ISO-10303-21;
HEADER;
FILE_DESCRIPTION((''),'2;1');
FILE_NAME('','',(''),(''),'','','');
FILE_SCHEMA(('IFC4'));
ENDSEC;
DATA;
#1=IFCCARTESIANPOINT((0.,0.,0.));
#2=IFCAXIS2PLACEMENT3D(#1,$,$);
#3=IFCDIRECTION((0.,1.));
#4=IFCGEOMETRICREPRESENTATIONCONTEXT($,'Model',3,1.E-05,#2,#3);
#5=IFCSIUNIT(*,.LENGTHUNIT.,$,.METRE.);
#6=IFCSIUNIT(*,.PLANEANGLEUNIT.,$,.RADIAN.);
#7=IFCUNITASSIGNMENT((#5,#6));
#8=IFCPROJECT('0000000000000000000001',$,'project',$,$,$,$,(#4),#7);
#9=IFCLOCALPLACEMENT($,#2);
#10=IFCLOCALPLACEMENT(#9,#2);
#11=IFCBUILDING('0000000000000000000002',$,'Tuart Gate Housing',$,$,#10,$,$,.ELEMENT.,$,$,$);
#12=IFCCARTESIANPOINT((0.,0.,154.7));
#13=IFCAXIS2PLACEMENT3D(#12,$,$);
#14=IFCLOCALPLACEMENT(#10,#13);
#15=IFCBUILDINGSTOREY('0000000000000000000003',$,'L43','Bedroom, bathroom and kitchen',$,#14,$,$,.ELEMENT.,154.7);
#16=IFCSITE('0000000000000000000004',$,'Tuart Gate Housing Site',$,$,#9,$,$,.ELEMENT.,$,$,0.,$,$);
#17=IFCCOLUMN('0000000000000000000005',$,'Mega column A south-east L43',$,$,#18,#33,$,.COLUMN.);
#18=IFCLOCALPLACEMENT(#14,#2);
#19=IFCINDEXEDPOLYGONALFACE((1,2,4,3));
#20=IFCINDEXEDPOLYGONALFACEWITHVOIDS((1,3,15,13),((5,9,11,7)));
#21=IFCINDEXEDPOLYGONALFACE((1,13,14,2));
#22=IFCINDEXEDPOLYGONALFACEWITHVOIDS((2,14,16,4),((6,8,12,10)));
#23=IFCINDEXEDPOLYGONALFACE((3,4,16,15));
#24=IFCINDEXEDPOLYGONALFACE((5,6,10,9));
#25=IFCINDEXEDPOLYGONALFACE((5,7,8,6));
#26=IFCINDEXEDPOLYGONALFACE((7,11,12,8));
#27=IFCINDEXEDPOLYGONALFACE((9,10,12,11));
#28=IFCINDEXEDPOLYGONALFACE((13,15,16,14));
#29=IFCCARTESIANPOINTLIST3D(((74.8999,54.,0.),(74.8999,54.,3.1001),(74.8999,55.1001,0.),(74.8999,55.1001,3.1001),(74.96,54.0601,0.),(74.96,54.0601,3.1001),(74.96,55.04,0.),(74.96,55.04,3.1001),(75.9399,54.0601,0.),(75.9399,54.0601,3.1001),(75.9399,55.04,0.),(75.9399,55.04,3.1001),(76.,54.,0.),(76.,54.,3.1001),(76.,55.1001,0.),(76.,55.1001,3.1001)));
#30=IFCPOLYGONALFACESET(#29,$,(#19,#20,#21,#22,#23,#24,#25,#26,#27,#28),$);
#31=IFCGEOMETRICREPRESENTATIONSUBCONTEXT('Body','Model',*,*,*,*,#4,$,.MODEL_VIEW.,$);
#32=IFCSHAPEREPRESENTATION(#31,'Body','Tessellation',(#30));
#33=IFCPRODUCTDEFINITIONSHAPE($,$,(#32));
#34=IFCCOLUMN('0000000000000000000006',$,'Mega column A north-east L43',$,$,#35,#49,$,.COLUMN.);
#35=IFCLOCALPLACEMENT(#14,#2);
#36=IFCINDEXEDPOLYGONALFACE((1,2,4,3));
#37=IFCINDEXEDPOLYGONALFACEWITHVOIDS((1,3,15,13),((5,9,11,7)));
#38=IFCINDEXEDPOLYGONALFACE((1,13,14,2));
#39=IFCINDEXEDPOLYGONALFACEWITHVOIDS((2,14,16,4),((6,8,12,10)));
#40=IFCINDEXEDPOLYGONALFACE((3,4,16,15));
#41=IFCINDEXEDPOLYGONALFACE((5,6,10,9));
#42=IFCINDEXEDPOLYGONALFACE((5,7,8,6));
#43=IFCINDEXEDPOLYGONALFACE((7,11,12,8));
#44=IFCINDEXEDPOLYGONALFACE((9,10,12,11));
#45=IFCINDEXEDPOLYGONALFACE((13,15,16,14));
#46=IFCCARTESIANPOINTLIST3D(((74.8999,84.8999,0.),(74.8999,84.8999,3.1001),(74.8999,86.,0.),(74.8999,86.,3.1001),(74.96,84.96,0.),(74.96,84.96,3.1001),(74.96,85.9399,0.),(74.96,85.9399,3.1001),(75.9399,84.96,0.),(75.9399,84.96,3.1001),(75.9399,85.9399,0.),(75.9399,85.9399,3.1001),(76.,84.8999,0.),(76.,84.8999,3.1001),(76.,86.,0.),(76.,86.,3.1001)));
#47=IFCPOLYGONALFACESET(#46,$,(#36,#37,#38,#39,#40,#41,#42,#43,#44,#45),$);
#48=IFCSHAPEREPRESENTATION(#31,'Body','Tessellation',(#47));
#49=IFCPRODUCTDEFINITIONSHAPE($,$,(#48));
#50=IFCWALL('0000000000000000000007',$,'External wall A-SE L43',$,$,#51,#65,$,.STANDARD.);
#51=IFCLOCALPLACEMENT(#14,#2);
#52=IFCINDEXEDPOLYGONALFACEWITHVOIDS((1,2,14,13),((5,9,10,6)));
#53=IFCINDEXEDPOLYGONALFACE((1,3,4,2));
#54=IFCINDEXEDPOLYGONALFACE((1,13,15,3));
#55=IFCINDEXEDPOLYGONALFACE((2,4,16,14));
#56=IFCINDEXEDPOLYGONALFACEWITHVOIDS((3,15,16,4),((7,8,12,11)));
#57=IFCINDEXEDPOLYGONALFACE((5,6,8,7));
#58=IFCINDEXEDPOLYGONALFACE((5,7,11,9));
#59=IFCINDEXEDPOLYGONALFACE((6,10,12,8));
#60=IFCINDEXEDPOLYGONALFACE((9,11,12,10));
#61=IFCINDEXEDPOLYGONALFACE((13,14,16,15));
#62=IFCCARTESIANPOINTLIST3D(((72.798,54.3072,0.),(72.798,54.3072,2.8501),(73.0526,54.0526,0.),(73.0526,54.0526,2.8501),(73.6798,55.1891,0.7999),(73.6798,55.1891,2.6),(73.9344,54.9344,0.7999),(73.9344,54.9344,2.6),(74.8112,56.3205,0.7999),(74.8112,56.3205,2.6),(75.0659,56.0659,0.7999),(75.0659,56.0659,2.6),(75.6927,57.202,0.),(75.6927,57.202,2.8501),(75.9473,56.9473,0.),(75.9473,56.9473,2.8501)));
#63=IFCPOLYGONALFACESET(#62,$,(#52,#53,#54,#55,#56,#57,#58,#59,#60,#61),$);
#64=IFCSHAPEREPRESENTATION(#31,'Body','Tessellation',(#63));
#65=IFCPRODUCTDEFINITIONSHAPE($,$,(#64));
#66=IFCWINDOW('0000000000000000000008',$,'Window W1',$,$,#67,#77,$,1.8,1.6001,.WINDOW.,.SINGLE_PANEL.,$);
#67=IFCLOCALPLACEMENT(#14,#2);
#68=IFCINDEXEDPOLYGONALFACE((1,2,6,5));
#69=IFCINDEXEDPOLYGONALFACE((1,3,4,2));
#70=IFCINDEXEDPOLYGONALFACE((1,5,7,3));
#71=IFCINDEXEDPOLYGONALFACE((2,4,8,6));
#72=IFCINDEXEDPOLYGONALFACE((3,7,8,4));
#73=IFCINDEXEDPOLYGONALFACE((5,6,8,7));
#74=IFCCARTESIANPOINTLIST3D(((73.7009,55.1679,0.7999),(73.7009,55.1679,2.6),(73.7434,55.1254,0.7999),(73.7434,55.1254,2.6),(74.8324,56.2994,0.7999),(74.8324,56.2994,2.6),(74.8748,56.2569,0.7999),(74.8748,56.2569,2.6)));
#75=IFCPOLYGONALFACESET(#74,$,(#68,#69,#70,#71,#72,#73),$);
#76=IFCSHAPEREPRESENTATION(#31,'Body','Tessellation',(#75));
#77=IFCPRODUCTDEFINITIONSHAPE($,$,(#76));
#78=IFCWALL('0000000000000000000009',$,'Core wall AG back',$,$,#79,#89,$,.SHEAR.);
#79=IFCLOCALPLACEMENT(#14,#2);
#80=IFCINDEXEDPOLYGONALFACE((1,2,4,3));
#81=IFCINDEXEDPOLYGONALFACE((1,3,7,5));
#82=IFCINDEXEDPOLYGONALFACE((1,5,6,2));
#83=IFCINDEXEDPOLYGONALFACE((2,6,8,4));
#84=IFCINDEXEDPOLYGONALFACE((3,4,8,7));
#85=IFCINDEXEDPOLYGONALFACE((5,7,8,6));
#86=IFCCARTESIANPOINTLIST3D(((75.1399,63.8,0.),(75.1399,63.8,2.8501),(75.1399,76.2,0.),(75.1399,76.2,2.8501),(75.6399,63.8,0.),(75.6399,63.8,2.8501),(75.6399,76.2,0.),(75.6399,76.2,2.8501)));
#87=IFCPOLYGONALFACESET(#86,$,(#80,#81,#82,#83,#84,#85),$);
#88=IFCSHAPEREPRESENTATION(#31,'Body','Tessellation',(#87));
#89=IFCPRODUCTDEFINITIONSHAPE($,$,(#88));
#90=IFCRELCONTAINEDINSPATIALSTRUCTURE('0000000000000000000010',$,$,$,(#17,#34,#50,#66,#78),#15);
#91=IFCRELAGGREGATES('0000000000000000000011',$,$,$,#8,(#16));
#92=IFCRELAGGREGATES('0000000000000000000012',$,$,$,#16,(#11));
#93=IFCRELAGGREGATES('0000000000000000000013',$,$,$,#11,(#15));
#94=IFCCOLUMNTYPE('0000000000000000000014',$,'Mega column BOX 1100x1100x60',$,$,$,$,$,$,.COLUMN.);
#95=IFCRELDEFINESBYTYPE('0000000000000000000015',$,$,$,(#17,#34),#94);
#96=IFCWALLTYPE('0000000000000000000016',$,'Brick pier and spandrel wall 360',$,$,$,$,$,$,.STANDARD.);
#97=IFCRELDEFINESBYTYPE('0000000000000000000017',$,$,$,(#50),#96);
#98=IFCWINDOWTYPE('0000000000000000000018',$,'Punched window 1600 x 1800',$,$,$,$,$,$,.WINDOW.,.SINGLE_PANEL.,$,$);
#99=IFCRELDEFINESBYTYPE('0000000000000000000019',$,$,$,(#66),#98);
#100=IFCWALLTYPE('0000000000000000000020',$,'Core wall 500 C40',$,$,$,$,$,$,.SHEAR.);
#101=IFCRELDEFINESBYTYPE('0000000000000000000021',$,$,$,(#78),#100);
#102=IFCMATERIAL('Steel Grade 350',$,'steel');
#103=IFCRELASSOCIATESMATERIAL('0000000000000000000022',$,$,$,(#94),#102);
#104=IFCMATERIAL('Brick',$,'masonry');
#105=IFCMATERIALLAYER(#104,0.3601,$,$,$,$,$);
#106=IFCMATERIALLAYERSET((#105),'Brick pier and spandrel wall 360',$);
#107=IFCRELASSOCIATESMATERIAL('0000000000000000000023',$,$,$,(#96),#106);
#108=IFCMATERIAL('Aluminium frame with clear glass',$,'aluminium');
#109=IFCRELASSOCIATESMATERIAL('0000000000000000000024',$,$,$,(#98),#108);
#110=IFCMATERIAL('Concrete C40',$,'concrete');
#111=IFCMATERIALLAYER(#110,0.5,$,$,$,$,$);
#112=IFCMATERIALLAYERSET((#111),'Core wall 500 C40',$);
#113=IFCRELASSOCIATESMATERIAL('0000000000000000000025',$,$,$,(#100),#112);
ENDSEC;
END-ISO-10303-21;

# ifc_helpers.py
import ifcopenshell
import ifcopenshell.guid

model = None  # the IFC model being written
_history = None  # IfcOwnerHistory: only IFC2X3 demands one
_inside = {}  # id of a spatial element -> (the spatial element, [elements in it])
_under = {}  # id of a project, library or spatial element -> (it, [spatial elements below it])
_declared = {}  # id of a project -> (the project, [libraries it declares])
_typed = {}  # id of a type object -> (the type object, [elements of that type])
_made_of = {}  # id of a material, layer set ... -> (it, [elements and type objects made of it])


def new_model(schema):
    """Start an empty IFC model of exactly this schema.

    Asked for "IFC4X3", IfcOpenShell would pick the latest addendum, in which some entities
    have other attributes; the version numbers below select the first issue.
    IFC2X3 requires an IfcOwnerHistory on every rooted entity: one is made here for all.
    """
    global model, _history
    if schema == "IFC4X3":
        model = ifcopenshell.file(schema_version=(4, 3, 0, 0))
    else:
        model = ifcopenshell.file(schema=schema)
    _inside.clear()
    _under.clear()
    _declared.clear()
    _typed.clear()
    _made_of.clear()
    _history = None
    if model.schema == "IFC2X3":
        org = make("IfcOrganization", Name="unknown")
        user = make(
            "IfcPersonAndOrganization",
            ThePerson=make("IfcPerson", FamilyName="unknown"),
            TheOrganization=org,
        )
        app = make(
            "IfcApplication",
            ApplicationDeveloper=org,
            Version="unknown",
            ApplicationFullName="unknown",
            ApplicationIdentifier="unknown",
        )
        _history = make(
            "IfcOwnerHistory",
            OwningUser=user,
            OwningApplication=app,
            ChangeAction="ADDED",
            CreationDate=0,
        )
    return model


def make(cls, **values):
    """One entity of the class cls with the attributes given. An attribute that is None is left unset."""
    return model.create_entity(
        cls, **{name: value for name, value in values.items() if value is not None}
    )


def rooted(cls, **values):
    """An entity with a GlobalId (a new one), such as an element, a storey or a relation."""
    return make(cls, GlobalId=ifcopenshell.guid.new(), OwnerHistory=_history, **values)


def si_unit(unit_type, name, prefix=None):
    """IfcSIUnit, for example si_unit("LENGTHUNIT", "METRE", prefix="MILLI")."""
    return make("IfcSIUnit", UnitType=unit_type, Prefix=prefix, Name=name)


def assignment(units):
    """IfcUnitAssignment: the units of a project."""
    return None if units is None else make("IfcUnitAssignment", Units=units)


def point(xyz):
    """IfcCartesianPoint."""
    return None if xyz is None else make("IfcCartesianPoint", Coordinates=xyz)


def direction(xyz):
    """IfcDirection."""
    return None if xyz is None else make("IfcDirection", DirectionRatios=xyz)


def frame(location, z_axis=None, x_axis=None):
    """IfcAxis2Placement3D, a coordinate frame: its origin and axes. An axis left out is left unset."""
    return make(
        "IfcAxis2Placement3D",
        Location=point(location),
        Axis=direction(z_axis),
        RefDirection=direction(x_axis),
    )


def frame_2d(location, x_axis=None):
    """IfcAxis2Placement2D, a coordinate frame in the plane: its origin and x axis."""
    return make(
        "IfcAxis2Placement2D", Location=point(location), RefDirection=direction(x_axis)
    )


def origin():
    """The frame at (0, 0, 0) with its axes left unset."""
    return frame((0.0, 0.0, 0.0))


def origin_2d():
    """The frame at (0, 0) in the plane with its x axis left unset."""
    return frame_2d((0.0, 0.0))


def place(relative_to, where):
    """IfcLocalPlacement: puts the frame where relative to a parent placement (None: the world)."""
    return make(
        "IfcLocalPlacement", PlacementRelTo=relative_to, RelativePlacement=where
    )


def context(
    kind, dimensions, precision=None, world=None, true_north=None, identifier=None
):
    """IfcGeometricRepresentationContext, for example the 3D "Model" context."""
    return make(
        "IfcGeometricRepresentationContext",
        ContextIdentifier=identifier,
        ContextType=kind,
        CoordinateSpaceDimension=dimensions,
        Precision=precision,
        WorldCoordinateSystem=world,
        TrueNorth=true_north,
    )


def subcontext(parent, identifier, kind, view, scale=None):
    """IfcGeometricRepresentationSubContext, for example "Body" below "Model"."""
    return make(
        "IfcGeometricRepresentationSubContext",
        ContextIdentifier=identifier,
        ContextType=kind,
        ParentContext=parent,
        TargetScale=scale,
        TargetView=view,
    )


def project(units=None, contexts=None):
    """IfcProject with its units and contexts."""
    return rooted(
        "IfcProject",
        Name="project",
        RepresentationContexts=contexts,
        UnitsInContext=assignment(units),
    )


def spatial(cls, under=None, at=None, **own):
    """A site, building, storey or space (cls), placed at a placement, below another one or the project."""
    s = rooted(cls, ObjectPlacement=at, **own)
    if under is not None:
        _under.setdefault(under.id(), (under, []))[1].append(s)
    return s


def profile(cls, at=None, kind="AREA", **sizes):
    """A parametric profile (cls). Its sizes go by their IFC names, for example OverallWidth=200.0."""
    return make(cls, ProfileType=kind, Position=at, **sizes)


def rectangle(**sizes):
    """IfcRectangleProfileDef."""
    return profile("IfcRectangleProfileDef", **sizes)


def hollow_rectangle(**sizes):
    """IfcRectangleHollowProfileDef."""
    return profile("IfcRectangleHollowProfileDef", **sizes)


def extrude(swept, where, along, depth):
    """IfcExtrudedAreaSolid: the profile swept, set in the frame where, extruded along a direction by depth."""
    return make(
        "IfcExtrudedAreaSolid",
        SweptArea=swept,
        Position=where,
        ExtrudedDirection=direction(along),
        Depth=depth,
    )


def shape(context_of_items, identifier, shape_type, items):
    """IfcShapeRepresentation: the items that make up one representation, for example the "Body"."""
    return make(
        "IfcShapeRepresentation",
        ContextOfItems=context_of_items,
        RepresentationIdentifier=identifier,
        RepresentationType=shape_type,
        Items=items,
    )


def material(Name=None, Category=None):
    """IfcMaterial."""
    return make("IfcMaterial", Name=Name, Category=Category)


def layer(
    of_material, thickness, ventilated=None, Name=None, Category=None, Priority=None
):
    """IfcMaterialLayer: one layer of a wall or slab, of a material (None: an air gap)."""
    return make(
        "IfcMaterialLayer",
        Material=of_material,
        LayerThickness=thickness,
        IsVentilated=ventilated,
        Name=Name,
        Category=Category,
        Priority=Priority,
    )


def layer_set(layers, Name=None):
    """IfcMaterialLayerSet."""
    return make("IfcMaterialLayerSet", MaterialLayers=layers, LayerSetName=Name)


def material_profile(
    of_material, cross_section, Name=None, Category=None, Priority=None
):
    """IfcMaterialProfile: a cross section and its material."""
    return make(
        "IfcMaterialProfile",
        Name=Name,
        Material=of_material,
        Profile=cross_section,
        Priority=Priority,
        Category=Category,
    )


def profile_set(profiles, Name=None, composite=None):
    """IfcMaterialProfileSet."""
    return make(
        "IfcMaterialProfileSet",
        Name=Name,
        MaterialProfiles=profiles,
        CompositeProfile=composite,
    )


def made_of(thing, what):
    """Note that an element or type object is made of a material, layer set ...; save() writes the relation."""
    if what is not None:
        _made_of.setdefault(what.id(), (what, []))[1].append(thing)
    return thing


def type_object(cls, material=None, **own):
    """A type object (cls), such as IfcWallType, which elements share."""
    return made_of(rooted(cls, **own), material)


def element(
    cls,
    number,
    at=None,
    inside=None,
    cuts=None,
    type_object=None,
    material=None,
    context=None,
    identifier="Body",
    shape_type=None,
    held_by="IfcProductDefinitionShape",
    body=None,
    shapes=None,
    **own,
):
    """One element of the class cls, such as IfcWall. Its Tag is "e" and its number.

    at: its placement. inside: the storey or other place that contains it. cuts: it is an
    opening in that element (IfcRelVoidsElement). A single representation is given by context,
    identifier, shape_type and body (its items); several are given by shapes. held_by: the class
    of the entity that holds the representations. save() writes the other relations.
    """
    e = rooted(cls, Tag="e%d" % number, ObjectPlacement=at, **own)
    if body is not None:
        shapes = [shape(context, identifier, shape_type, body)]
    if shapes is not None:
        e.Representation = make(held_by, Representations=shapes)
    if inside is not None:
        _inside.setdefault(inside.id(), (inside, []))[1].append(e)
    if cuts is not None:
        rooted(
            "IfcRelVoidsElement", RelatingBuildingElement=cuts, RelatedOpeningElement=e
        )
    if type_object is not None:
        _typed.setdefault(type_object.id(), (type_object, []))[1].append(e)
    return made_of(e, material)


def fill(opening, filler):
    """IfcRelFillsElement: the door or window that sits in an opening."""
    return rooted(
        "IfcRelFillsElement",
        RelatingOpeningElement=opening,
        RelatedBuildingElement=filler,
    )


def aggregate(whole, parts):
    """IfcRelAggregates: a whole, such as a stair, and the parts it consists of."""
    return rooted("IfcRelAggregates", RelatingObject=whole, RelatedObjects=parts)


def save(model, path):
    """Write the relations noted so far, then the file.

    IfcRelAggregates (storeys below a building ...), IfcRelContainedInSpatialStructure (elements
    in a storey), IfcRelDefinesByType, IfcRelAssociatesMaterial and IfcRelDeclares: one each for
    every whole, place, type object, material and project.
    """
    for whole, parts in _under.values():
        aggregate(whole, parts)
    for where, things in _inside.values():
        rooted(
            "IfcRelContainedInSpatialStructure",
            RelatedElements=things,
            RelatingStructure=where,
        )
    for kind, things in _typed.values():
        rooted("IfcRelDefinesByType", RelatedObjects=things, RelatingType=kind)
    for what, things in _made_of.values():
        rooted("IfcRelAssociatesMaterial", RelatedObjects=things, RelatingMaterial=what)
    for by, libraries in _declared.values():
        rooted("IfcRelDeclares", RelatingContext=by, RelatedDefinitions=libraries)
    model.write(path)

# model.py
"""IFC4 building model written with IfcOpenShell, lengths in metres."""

from ifc_helpers import new_model, si_unit, direction, frame, frame_2d, origin, origin_2d, place, context, subcontext, project, spatial, rectangle, hollow_rectangle, extrude, material, layer, layer_set, material_profile, profile_set, type_object, element, fill, save


model = new_model("IFC4")

# Units and contexts
model_context = context("Model", 3, precision=1e-05, world=origin(), true_north=direction((0.0, 1.0)))
body_context = subcontext(model_context, "Body", "Model", "MODEL_VIEW")
ifc_project = project(units=[si_unit("LENGTHUNIT", "METRE"), si_unit("PLANEANGLEUNIT", "RADIAN")], contexts=[model_context])

# Site, building, storey
site_placement = place(None, origin())
site = spatial("IfcSite", under=ifc_project, at=site_placement, Name="Tuart Gate Housing Site", CompositionType="ELEMENT", RefElevation=0.0)
building_placement = place(site_placement, origin())
building = spatial("IfcBuilding", under=site, at=building_placement, Name="Tuart Gate Housing", CompositionType="ELEMENT")
storey_placement = place(building_placement, frame((0.0, 0.0, 154.7)))
storey = spatial("IfcBuildingStorey", under=building, at=storey_placement, Name="L43", Description="Bedroom, bathroom and kitchen", CompositionType="ELEMENT", Elevation=154.7)

# Columns
ifc_material_1 = material(Name="Steel Grade 350", Category="steel")
ifc_material_profile = material_profile(ifc_material_1, hollow_rectangle(XDim=1.1001, YDim=1.1001, WallThickness=0.0601, at=origin_2d()), Name="BOX 1100x1100x60")
ifc_profile_set = profile_set([ifc_material_profile], Name="Steel Grade 350")
column_type = type_object("IfcColumnType", Name="Mega column BOX 1100x1100x60", PredefinedType="COLUMN", material=ifc_profile_set)
for number, where, z_axis, x_axis, name in (
    (1, (75.45, 54.55, 0.0), (0.0, 0.0, 1.0), (1.0, 0.0, 0.0), "Mega column A south-east L43"),
    (2, (75.45, 85.45, 0.0), (0.0, 0.0, 1.0), (1.0, 0.0, 0.0), "Mega column A north-east L43"),
):
    element("IfcColumn", number, at=place(storey_placement, frame(where, z_axis=z_axis, x_axis=x_axis)), inside=storey, type_object=column_type, Name=name, PredefinedType="COLUMN", context=body_context, shape_type="SweptSolid", body=[
        extrude(hollow_rectangle(XDim=1.1001, YDim=1.1001, WallThickness=0.0601, at=origin_2d()), origin(), (0.0, 0.0, 1.0), 3.1001),
    ])

# Wall, opening, window
ifc_material_2 = material(Name="Brick", Category="masonry")
ifc_layer_1 = layer(ifc_material_2, 0.3601)
ifc_layer_set_1 = layer_set([ifc_layer_1], Name="Brick pier and spandrel wall 360")
wall_type_1 = type_object("IfcWallType", Name="Brick pier and spandrel wall 360", PredefinedType="STANDARD", material=ifc_layer_set_1)
wall_1_placement = place(storey_placement, frame((72.9253, 54.1799, 0.0), z_axis=(0.0, 0.0, 1.0), x_axis=(0.707107, 0.707107, 0.0)))
wall_1 = element("IfcWall", 3, at=wall_1_placement, inside=storey, type_object=wall_type_1, Name="External wall A-SE L43", PredefinedType="STANDARD", context=body_context, shape_type="SweptSolid", body=[
    extrude(rectangle(XDim=4.0938, YDim=0.3601, at=frame_2d((2.0469, 0.0))), origin(), (0.0, 0.0, 1.0), 2.8501),
])
opening_1_placement = place(wall_1_placement, frame((1.2471, 0.0, 0.8)))
opening_1 = element("IfcOpeningElement", 4, at=opening_1_placement, cuts=wall_1, PredefinedType="OPENING", context=body_context, shape_type="SweptSolid", body=[
    extrude(rectangle(XDim=1.6001, YDim=1.8, at=frame_2d((0.8, 0.8999))), frame((0.0, 0.1899, 0.0), z_axis=(0.0, -1.0, 0.0), x_axis=(1.0, 0.0, 0.0)), (0.0, 0.0, 1.0), 0.3801),
])
ifc_material_3 = material(Name="Aluminium frame with clear glass", Category="aluminium")
window_type_1 = type_object("IfcWindowType", Name="Punched window 1600 x 1800", PartitioningType="SINGLE_PANEL", PredefinedType="WINDOW", material=ifc_material_3)
window_1_placement = place(opening_1_placement, origin())
window_1 = element("IfcWindow", 5, at=window_1_placement, inside=storey, type_object=window_type_1, Name="Window W1", OverallHeight=1.8, OverallWidth=1.6001, PartitioningType="SINGLE_PANEL", PredefinedType="WINDOW", context=body_context, shape_type="SweptSolid", body=[
    extrude(rectangle(XDim=1.6001, YDim=1.8, at=frame_2d((0.8, 0.8999))), frame((0.0, 0.1501, 0.0), z_axis=(0.0, -1.0, 0.0), x_axis=(1.0, 0.0, 0.0)), (0.0, 0.0, 1.0), 0.0601),
])
fill(opening_1, window_1)

# Wall
ifc_material_4 = material(Name="Concrete C40", Category="concrete")
ifc_layer_2 = layer(ifc_material_4, 0.5)
ifc_layer_set_2 = layer_set([ifc_layer_2], Name="Core wall 500 C40")
wall_type_2 = type_object("IfcWallType", Name="Core wall 500 C40", PredefinedType="SHEAR", material=ifc_layer_set_2)
wall_2_placement = place(storey_placement, frame((75.3899, 63.8, 0.0), z_axis=(0.0, 0.0, 1.0), x_axis=(0.0, 1.0, 0.0)))
element("IfcWall", 6, at=wall_2_placement, inside=storey, type_object=wall_type_2, Name="Core wall AG back", PredefinedType="SHEAR", context=body_context, shape_type="SweptSolid", body=[
    extrude(rectangle(XDim=12.3999, YDim=0.5, at=frame_2d((6.2, 0.0))), origin(), (0.0, 0.0, 1.0), 2.8501),
])

save(model, "model.ifc")
